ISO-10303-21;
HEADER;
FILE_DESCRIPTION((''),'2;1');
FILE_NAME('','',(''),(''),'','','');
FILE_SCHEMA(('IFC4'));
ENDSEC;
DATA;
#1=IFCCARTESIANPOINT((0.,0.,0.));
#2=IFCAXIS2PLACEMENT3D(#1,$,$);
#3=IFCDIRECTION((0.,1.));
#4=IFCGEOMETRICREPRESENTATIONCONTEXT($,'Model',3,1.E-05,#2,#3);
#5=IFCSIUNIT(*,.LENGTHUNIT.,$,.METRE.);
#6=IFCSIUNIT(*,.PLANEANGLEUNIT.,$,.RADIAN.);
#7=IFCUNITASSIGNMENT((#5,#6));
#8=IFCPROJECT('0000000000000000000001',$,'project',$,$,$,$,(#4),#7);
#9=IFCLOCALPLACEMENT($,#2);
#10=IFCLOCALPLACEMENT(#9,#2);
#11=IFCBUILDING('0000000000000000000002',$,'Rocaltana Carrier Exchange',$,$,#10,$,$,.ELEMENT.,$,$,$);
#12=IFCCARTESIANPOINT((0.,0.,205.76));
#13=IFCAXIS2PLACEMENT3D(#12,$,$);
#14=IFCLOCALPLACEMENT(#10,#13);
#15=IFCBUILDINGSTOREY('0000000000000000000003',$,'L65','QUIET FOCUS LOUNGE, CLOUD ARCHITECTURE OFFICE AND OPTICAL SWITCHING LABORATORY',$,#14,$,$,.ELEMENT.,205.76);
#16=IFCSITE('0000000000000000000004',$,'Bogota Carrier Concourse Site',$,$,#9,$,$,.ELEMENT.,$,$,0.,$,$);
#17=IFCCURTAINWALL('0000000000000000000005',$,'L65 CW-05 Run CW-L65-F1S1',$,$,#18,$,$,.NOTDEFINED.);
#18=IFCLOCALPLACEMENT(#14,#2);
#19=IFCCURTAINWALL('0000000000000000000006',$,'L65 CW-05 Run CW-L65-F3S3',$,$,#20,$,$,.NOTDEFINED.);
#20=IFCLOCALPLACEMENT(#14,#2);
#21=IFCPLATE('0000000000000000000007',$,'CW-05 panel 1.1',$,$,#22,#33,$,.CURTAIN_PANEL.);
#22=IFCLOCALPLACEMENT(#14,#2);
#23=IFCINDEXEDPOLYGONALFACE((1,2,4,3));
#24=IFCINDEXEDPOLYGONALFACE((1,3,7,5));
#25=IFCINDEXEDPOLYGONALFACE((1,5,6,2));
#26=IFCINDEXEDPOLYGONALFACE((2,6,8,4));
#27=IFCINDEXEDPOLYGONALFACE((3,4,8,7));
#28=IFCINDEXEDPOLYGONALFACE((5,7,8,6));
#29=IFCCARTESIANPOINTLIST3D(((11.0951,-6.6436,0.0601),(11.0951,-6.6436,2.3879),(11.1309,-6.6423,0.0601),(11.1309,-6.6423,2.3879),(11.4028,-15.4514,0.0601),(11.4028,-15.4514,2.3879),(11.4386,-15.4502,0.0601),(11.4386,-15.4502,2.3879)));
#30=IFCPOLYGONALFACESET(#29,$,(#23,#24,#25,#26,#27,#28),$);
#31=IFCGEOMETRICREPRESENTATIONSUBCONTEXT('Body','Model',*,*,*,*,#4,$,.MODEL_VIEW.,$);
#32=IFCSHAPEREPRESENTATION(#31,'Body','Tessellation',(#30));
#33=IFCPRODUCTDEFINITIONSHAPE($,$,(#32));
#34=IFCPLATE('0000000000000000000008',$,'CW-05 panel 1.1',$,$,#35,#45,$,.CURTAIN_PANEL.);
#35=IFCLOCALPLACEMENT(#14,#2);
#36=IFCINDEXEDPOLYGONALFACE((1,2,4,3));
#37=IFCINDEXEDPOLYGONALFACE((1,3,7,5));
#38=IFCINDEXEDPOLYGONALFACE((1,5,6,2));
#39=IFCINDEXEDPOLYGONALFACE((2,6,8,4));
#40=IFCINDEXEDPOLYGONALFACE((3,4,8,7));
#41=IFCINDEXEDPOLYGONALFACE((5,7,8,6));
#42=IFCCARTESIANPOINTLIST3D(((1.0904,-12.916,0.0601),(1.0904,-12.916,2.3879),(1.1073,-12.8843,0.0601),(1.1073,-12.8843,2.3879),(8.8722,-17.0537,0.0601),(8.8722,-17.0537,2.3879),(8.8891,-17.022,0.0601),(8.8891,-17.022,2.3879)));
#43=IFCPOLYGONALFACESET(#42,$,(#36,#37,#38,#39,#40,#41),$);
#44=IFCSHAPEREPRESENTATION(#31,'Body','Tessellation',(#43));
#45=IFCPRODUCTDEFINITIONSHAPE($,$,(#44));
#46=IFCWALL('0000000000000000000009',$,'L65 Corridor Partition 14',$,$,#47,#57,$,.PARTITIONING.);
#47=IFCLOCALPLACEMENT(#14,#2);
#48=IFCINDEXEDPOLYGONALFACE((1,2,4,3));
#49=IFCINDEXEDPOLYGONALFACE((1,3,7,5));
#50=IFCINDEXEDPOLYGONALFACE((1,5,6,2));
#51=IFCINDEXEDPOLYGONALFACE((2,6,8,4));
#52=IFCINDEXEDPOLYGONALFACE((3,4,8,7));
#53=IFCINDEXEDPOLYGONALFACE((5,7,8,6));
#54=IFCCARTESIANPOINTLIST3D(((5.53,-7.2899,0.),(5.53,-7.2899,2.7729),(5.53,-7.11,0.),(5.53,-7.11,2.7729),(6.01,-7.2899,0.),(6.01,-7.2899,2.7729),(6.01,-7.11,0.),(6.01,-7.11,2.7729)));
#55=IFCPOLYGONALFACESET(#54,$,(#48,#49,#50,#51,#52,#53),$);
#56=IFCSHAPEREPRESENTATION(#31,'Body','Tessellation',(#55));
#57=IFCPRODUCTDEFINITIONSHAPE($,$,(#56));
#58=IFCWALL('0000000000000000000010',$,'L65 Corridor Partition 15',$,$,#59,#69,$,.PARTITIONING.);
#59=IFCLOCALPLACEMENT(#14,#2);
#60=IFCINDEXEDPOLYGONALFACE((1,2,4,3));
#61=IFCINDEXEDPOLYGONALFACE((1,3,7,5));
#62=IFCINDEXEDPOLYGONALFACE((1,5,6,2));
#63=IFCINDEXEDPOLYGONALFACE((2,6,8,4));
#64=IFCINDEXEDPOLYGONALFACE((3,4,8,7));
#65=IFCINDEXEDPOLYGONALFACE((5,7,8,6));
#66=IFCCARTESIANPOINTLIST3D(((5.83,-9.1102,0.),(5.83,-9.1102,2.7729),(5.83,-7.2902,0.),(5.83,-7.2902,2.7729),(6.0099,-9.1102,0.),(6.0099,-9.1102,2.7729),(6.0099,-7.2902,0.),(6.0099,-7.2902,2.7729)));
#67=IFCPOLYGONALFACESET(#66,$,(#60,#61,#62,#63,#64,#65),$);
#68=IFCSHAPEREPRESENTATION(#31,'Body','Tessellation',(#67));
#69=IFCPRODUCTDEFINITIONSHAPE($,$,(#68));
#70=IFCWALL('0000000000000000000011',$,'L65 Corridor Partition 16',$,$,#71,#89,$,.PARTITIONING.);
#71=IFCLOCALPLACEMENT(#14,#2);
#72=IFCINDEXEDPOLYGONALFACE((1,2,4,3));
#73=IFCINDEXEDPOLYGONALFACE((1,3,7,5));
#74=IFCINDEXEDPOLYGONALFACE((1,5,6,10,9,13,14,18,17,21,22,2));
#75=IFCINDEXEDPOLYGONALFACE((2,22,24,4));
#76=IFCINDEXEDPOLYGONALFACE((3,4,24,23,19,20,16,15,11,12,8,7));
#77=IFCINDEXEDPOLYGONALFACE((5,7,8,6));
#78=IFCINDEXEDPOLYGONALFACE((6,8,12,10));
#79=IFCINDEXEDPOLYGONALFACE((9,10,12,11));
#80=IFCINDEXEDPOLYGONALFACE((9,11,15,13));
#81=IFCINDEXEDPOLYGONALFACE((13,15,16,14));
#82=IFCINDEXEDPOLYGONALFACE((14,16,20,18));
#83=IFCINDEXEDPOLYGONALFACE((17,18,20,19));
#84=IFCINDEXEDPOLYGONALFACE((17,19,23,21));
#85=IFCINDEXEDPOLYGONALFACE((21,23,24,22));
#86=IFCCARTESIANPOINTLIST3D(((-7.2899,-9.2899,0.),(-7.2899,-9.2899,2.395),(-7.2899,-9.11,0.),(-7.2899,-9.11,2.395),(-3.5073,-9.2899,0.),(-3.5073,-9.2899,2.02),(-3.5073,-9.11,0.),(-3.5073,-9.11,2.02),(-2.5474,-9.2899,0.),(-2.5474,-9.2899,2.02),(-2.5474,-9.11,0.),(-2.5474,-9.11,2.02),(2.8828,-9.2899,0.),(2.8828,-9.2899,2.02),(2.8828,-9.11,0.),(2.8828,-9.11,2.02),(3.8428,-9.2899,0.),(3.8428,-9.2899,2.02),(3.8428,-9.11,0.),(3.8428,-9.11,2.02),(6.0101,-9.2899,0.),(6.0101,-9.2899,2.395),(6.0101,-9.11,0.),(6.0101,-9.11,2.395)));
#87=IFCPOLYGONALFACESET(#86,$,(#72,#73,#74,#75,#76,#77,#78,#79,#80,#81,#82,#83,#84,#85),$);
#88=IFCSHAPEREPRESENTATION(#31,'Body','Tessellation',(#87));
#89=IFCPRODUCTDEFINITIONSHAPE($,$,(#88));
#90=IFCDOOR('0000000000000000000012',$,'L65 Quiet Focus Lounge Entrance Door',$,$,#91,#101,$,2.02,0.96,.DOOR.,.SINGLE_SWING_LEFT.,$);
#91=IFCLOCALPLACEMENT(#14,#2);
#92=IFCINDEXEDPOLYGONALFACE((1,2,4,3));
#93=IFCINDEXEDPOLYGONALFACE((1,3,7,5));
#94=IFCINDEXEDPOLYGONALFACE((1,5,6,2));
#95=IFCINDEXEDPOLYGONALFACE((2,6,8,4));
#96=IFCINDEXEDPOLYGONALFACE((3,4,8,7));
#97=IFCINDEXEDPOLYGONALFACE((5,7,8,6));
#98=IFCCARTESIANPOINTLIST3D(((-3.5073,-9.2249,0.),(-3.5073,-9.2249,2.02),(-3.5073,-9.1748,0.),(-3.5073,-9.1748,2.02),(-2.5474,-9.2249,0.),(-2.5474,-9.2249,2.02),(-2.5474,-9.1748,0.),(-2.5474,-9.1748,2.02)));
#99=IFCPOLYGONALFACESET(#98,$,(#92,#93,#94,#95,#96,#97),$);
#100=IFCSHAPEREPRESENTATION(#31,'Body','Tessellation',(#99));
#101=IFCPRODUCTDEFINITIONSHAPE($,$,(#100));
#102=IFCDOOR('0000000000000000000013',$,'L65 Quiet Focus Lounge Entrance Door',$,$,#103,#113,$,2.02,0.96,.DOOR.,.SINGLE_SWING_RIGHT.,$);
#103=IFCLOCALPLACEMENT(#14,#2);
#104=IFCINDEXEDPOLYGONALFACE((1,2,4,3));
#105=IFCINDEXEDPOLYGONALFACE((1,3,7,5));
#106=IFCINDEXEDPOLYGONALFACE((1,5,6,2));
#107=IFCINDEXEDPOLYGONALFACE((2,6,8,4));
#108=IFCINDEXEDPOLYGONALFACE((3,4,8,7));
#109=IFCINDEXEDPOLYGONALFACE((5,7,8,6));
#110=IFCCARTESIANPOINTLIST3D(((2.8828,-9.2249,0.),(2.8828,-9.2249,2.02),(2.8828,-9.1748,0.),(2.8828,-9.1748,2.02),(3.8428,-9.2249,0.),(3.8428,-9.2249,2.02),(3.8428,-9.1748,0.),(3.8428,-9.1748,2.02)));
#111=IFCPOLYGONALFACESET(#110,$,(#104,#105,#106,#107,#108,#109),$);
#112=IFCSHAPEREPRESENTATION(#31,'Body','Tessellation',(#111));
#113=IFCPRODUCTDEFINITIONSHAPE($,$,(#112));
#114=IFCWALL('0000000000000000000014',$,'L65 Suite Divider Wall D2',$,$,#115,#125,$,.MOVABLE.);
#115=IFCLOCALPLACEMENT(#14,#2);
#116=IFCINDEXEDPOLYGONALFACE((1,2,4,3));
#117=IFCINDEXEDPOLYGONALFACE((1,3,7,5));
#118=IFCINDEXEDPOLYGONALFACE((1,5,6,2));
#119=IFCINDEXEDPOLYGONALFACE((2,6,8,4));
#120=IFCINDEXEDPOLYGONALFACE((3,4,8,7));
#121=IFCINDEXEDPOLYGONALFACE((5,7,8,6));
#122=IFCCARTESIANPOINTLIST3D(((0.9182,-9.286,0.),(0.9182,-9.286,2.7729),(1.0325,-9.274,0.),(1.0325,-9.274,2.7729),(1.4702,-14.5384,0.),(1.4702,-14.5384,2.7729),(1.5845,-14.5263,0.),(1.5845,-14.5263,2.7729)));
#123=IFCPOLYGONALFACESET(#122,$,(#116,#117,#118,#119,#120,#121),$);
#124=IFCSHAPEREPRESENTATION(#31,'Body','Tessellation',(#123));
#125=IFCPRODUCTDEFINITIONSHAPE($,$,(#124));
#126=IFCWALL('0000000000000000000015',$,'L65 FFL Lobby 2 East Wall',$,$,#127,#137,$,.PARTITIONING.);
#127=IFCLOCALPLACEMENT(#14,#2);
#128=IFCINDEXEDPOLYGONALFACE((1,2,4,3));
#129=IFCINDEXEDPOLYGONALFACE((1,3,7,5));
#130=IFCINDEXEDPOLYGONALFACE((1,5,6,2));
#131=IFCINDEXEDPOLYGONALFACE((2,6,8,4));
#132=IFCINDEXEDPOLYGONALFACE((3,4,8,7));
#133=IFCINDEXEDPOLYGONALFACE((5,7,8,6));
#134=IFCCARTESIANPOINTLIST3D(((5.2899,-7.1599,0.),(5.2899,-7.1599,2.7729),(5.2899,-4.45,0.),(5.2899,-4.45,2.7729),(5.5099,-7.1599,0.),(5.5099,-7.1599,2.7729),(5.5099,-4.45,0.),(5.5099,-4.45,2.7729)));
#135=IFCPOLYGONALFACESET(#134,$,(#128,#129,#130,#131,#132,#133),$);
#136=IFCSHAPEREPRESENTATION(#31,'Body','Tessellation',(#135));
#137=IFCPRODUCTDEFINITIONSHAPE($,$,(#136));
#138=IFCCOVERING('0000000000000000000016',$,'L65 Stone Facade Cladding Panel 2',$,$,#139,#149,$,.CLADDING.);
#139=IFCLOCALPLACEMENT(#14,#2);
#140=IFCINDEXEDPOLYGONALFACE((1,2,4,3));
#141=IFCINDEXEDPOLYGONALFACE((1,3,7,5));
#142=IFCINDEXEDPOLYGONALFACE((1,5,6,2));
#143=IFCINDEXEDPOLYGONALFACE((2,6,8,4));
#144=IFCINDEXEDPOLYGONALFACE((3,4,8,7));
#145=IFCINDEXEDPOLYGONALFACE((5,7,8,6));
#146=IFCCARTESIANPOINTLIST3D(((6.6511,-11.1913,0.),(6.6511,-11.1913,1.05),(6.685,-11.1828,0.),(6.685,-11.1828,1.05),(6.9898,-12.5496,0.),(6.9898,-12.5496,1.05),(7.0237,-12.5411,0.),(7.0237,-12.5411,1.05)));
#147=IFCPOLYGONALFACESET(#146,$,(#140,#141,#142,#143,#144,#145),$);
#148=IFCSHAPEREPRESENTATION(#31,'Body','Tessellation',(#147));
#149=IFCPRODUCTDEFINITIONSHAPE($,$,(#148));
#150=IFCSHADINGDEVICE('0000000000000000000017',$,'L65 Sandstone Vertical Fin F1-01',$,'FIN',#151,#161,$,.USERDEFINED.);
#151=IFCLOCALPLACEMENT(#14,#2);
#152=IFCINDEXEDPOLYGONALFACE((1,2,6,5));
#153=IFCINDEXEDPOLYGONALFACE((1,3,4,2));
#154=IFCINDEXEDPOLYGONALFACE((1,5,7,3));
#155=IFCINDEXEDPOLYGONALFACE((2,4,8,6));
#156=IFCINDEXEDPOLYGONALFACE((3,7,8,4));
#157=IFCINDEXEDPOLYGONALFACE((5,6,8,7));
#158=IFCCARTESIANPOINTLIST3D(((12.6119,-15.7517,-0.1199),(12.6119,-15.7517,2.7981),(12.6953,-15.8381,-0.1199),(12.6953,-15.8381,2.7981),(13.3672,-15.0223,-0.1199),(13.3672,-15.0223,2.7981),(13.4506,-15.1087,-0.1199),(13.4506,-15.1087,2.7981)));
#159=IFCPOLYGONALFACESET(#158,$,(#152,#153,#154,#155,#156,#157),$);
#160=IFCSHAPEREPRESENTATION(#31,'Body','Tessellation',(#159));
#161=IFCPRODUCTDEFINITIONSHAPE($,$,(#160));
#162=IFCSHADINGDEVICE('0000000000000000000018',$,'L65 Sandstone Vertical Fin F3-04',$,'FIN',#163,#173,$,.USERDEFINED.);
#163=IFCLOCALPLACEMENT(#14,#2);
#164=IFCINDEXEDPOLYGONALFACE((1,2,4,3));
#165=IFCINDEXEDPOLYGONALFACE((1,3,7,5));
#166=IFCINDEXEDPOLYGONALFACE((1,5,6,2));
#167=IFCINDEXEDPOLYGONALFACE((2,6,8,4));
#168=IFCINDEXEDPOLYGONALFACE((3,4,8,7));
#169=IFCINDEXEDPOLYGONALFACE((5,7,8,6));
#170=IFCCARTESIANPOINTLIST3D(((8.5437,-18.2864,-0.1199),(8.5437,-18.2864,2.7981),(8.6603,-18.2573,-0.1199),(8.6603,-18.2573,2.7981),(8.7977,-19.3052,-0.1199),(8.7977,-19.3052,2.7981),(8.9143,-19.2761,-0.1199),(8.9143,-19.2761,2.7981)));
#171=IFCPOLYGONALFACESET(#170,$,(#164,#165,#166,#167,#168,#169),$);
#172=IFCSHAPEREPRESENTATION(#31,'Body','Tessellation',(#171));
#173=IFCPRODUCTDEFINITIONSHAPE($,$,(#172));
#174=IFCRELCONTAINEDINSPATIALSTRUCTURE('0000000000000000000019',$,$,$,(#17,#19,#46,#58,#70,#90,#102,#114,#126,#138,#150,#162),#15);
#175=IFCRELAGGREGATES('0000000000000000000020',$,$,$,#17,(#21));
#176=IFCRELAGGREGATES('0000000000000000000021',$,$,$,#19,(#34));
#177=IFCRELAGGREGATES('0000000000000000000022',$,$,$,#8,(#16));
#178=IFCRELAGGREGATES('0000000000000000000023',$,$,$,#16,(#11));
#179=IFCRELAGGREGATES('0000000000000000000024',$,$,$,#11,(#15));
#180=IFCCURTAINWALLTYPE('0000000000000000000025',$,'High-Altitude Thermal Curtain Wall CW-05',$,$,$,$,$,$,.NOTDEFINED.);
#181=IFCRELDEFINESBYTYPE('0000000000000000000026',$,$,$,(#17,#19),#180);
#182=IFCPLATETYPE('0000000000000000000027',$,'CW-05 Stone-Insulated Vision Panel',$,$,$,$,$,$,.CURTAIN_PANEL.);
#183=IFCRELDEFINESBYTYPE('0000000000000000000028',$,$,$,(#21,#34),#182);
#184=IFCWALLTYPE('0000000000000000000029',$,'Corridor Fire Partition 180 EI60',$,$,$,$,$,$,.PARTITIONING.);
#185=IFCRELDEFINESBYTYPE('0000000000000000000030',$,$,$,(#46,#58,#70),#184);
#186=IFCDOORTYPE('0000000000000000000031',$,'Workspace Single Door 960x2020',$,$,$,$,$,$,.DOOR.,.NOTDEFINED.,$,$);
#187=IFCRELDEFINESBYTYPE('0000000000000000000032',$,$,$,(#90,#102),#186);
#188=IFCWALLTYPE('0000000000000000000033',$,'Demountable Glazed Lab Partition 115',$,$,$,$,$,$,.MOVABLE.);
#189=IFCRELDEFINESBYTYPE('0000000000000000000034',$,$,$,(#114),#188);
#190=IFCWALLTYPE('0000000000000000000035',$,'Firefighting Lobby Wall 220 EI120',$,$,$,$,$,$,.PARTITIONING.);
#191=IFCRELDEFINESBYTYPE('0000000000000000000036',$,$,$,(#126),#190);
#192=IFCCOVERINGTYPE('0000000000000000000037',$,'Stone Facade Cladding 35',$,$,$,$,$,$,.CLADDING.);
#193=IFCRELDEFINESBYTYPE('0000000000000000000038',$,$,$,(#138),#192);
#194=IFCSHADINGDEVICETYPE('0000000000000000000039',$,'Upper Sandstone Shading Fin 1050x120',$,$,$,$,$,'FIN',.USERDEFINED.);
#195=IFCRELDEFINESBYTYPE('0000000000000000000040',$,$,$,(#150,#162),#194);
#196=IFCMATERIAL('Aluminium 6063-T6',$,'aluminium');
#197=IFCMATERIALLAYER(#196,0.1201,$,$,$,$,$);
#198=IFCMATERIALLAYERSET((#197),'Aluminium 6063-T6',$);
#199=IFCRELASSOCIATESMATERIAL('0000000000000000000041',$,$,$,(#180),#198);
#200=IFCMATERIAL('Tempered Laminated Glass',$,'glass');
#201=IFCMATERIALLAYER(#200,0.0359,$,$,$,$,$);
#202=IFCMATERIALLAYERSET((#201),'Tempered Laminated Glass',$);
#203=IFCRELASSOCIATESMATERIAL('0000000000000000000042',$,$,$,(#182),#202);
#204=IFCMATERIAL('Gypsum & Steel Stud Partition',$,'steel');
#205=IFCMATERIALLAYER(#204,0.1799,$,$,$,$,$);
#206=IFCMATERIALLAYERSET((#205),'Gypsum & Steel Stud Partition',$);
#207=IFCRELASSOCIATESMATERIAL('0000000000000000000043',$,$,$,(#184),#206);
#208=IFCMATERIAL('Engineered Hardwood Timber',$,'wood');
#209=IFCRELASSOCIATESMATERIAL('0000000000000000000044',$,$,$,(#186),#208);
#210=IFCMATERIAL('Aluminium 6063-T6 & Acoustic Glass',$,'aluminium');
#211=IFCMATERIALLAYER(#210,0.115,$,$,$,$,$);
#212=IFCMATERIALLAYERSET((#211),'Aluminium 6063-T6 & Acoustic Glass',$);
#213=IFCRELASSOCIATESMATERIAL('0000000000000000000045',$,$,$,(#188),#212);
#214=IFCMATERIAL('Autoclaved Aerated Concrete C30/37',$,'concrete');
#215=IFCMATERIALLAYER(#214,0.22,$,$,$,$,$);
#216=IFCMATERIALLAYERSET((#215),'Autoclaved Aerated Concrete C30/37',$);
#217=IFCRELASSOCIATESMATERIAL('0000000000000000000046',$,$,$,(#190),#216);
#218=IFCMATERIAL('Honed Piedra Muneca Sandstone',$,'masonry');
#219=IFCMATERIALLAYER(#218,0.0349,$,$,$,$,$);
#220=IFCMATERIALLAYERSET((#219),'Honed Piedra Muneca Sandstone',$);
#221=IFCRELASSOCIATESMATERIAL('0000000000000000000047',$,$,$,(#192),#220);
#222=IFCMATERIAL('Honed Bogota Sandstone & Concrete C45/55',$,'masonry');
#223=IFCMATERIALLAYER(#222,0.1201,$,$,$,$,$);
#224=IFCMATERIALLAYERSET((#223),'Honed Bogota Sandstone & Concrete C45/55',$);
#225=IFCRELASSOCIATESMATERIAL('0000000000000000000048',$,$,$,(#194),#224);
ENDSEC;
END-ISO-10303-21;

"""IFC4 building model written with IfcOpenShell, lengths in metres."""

from ifc_helpers import new_model, si_unit, direction, frame, frame_2d, origin, origin_2d, place, context, subcontext, project, spatial, rectangle, extrude, material, layer, layer_set, type_object, element, fill, aggregate, save


model = new_model("IFC4")

# Units and contexts
model_context = context("Model", 3, precision=1e-05, world=origin(), true_north=direction((0.0, 1.0)))
body_context = subcontext(model_context, "Body", "Model", "MODEL_VIEW")
ifc_project = project(units=[si_unit("LENGTHUNIT", "METRE"), si_unit("PLANEANGLEUNIT", "RADIAN")], contexts=[model_context])

# Site, building, storey
site_placement = place(None, origin())
site = spatial("IfcSite", under=ifc_project, at=site_placement, Name="Bogota Carrier Concourse Site", CompositionType="ELEMENT", RefElevation=0.0)
building_placement = place(site_placement, origin())
building = spatial("IfcBuilding", under=site, at=building_placement, Name="Rocaltana Carrier Exchange", CompositionType="ELEMENT")
storey_placement = place(building_placement, frame((0.0, 0.0, 205.76)))
storey = spatial("IfcBuildingStorey", under=building, at=storey_placement, Name="L65", Description="QUIET FOCUS LOUNGE, CLOUD ARCHITECTURE OFFICE AND OPTICAL SWITCHING LABORATORY", CompositionType="ELEMENT", Elevation=205.76)

# Curtain walls
ifc_material_1 = material(Name="Aluminium 6063-T6", Category="aluminium")
ifc_layer_1 = layer(ifc_material_1, 0.1201)
ifc_layer_set_1 = layer_set([ifc_layer_1], Name="Aluminium 6063-T6")
curtain_wall_type = type_object("IfcCurtainWallType", Name="High-Altitude Thermal Curtain Wall CW-05", PredefinedType="NOTDEFINED", material=ifc_layer_set_1)
curtain_wall_1_placement = place(storey_placement, origin())
curtain_wall_1 = element("IfcCurtainWall", 1, at=curtain_wall_1_placement, inside=storey, type_object=curtain_wall_type, Name="L65 CW-05 Run CW-L65-F1S1", PredefinedType="NOTDEFINED")
curtain_wall_2_placement = place(storey_placement, origin())
curtain_wall_2 = element("IfcCurtainWall", 2, at=curtain_wall_2_placement, inside=storey, type_object=curtain_wall_type, Name="L65 CW-05 Run CW-L65-F3S3", PredefinedType="NOTDEFINED")

# Plates
ifc_material_2 = material(Name="Tempered Laminated Glass", Category="glass")
ifc_layer_2 = layer(ifc_material_2, 0.0359)
ifc_layer_set_2 = layer_set([ifc_layer_2], Name="Tempered Laminated Glass")
plate_type = type_object("IfcPlateType", Name="CW-05 Stone-Insulated Vision Panel", PredefinedType="CURTAIN_PANEL", material=ifc_layer_set_2)
plate_1_placement = place(storey_placement, frame((11.2668, -11.0469, 0.0601), z_axis=(0.0, 0.0, 1.0), x_axis=(-0.034914, 0.99939, 0.0)))
plate_1 = element("IfcPlate", 3, at=plate_1_placement, type_object=plate_type, Name="CW-05 panel 1.1", PredefinedType="CURTAIN_PANEL", context=body_context, shape_type="SweptSolid", body=[
    extrude(rectangle(XDim=8.8132, YDim=0.0359, at=origin_2d()), origin(), (0.0, 0.0, 1.0), 2.3279),
])
aggregate(curtain_wall_1, [plate_1])
plate_2_placement = place(storey_placement, frame((4.9897, -14.969, 0.0601), z_axis=(0.0, 0.0, 1.0), x_axis=(0.882946, -0.469475, 0.0)))
plate_2 = element("IfcPlate", 4, at=plate_2_placement, type_object=plate_type, Name="CW-05 panel 1.1", PredefinedType="CURTAIN_PANEL", context=body_context, shape_type="SweptSolid", body=[
    extrude(rectangle(XDim=8.8135, YDim=0.0359, at=origin_2d()), origin(), (0.0, 0.0, 1.0), 2.3279),
])
aggregate(curtain_wall_2, [plate_2])

# Walls
ifc_material_3 = material(Name="Gypsum & Steel Stud Partition", Category="steel")
ifc_layer_3 = layer(ifc_material_3, 0.1799)
ifc_layer_set_3 = layer_set([ifc_layer_3], Name="Gypsum & Steel Stud Partition")
wall_type_1 = type_object("IfcWallType", Name="Corridor Fire Partition 180 EI60", PredefinedType="PARTITIONING", material=ifc_layer_set_3)
wall_1_placement = place(storey_placement, frame((5.53, -7.2, 0.0), z_axis=(0.0, 0.0, 1.0), x_axis=(1.0, 0.0, 0.0)))
element("IfcWall", 5, at=wall_1_placement, inside=storey, type_object=wall_type_1, Name="L65 Corridor Partition 14", PredefinedType="PARTITIONING", context=body_context, shape_type="SweptSolid", body=[
    extrude(rectangle(XDim=0.48, YDim=0.1799, at=frame_2d((0.24, 0.0))), origin(), (0.0, 0.0, 1.0), 2.7729),
])
wall_2_placement = place(storey_placement, frame((5.9199, -7.29, 0.0), z_axis=(0.0, 0.0, 1.0), x_axis=(0.0, -1.0, 0.0)))
element("IfcWall", 6, at=wall_2_placement, inside=storey, type_object=wall_type_1, Name="L65 Corridor Partition 15", PredefinedType="PARTITIONING", context=body_context, shape_type="SweptSolid", body=[
    extrude(rectangle(XDim=1.8201, YDim=0.1799, at=frame_2d((0.9102, 0.0))), origin(), (0.0, 0.0, 1.0), 2.7729),
])

# Wall, openings, doors
wall_3_placement = place(storey_placement, frame((6.01, -9.2, 0.0), z_axis=(0.0, 0.0, 1.0), x_axis=(-1.0, 0.0, 0.0)))
wall_3 = element("IfcWall", 7, at=wall_3_placement, inside=storey, type_object=wall_type_1, Name="L65 Corridor Partition 16", PredefinedType="PARTITIONING", context=body_context, shape_type="SweptSolid", body=[
    extrude(rectangle(XDim=13.3, YDim=0.1799, at=frame_2d((6.6499, 0.0))), origin(), (0.0, 0.0, 1.0), 2.395),
])
opening_1_placement = place(wall_3_placement, frame((8.5574, 0.0, 0.0)))
opening_1 = element("IfcOpeningElement", 8, at=opening_1_placement, cuts=wall_3, PredefinedType="OPENING", context=body_context, shape_type="SweptSolid", body=[
    extrude(rectangle(XDim=0.96, YDim=2.02, at=frame_2d((0.48, 1.01))), frame((0.0, 0.0999, 0.0), z_axis=(0.0, -1.0, 0.0), x_axis=(1.0, 0.0, 0.0)), (0.0, 0.0, 1.0), 0.2),
])
opening_2_placement = place(wall_3_placement, frame((2.1672, 0.0, 0.0)))
opening_2 = element("IfcOpeningElement", 9, at=opening_2_placement, cuts=wall_3, PredefinedType="OPENING", context=body_context, shape_type="SweptSolid", body=[
    extrude(rectangle(XDim=0.96, YDim=2.02, at=frame_2d((0.48, 1.01))), frame((0.0, 0.0999, 0.0), z_axis=(0.0, -1.0, 0.0), x_axis=(1.0, 0.0, 0.0)), (0.0, 0.0, 1.0), 0.2),
])
ifc_material_4 = material(Name="Engineered Hardwood Timber", Category="wood")
door_type = type_object("IfcDoorType", Name="Workspace Single Door 960x2020", OperationType="NOTDEFINED", PredefinedType="DOOR", material=ifc_material_4)
door_1_placement = place(opening_1_placement, origin())
door_1 = element("IfcDoor", 10, at=door_1_placement, inside=storey, type_object=door_type, Name="L65 Quiet Focus Lounge Entrance Door", OperationType="SINGLE_SWING_LEFT", OverallHeight=2.02, OverallWidth=0.96, PredefinedType="DOOR", context=body_context, shape_type="SweptSolid", body=[
    extrude(rectangle(XDim=0.96, YDim=2.02, at=frame_2d((0.48, 1.01))), frame((0.0, 0.0249, 0.0), z_axis=(0.0, -1.0, 0.0), x_axis=(1.0, 0.0, 0.0)), (0.0, 0.0, 1.0), 0.05),
])
fill(opening_1, door_1)
door_2_placement = place(opening_2_placement, origin())
door_2 = element("IfcDoor", 11, at=door_2_placement, inside=storey, type_object=door_type, Name="L65 Quiet Focus Lounge Entrance Door", OperationType="SINGLE_SWING_RIGHT", OverallHeight=2.02, OverallWidth=0.96, PredefinedType="DOOR", context=body_context, shape_type="SweptSolid", body=[
    extrude(rectangle(XDim=0.96, YDim=2.02, at=frame_2d((0.48, 1.01))), frame((0.0, 0.0249, 0.0), z_axis=(0.0, -1.0, 0.0), x_axis=(1.0, 0.0, 0.0)), (0.0, 0.0, 1.0), 0.05),
])
fill(opening_2, door_2)

# Walls
ifc_material_5 = material(Name="Aluminium 6063-T6 & Acoustic Glass", Category="aluminium")
ifc_layer_4 = layer(ifc_material_5, 0.115)
ifc_layer_set_4 = layer_set([ifc_layer_4], Name="Aluminium 6063-T6 & Acoustic Glass")
wall_type_2 = type_object("IfcWallType", Name="Demountable Glazed Lab Partition 115", PredefinedType="MOVABLE", material=ifc_layer_set_4)
wall_4_placement = place(storey_placement, frame((0.9753, -9.28, 0.0), z_axis=(0.0, 0.0, 1.0), x_axis=(0.104519, -0.994523, 0.0)))
element("IfcWall", 12, at=wall_4_placement, inside=storey, type_object=wall_type_2, Name="L65 Suite Divider Wall D2", PredefinedType="MOVABLE", context=body_context, shape_type="SweptSolid", body=[
    extrude(rectangle(XDim=5.2812, YDim=0.115, at=frame_2d((2.6406, 0.0))), origin(), (0.0, 0.0, 1.0), 2.7729),
])
ifc_material_6 = material(Name="Autoclaved Aerated Concrete C30/37", Category="concrete")
ifc_layer_5 = layer(ifc_material_6, 0.22)
ifc_layer_set_5 = layer_set([ifc_layer_5], Name="Autoclaved Aerated Concrete C30/37")
wall_type_3 = type_object("IfcWallType", Name="Firefighting Lobby Wall 220 EI120", PredefinedType="PARTITIONING", material=ifc_layer_set_5)
wall_5_placement = place(storey_placement, frame((5.3999, -7.1599, 0.0), z_axis=(0.0, 0.0, 1.0), x_axis=(0.0, 1.0, 0.0)))
element("IfcWall", 13, at=wall_5_placement, inside=storey, type_object=wall_type_3, Name="L65 FFL Lobby 2 East Wall", PredefinedType="PARTITIONING", context=body_context, shape_type="SweptSolid", body=[
    extrude(rectangle(XDim=2.71, YDim=0.22, at=frame_2d((1.355, 0.0))), origin(), (0.0, 0.0, 1.0), 2.7729),
])

# Covering
ifc_material_7 = material(Name="Honed Piedra Muneca Sandstone", Category="masonry")
ifc_layer_6 = layer(ifc_material_7, 0.0349)
ifc_layer_set_6 = layer_set([ifc_layer_6], Name="Honed Piedra Muneca Sandstone")
covering_type = type_object("IfcCoveringType", Name="Stone Facade Cladding 35", PredefinedType="CLADDING", material=ifc_layer_set_6)
covering_placement = place(storey_placement, frame((6.8374, -11.8662, 0.0), z_axis=(0.0, 0.0, 1.0), x_axis=(-0.241922, 0.970296, 0.0)))
element("IfcCovering", 14, at=covering_placement, inside=storey, type_object=covering_type, Name="L65 Stone Facade Cladding Panel 2", PredefinedType="CLADDING", context=body_context, shape_type="SweptSolid", body=[
    extrude(rectangle(XDim=1.3999, YDim=0.0349, at=origin_2d()), origin(), (0.0, 0.0, 1.0), 1.05),
])

# Shading devices
ifc_material_8 = material(Name="Honed Bogota Sandstone & Concrete C45/55", Category="masonry")
ifc_layer_7 = layer(ifc_material_8, 0.1201)
ifc_layer_set_7 = layer_set([ifc_layer_7], Name="Honed Bogota Sandstone & Concrete C45/55")
shading_device_type = type_object("IfcShadingDeviceType", Name="Upper Sandstone Shading Fin 1050x120", ElementType="FIN", PredefinedType="USERDEFINED", material=ifc_layer_set_7)
for number, where, z_axis, x_axis, name in (
    (15, (13.0312, -15.4302, -0.1199), (0.0, 0.0, 1.0), (0.71934, 0.694658, 0.0), "L65 Sandstone Vertical Fin F1-01"),
    (16, (8.729, -18.7812, -0.1199), (0.0, 0.0, 1.0), (0.241922, -0.970296, 0.0), "L65 Sandstone Vertical Fin F3-04"),
):
    element("IfcShadingDevice", number, at=place(storey_placement, frame(where, z_axis=z_axis, x_axis=x_axis)), inside=storey, type_object=shading_device_type, Name=name, ObjectType="FIN", PredefinedType="USERDEFINED", context=body_context, shape_type="SweptSolid", body=[
        extrude(rectangle(XDim=1.05, YDim=0.1201, at=origin_2d()), origin(), (0.0, 0.0, 1.0), 2.918),
    ])

save(model, "model.ifc")
